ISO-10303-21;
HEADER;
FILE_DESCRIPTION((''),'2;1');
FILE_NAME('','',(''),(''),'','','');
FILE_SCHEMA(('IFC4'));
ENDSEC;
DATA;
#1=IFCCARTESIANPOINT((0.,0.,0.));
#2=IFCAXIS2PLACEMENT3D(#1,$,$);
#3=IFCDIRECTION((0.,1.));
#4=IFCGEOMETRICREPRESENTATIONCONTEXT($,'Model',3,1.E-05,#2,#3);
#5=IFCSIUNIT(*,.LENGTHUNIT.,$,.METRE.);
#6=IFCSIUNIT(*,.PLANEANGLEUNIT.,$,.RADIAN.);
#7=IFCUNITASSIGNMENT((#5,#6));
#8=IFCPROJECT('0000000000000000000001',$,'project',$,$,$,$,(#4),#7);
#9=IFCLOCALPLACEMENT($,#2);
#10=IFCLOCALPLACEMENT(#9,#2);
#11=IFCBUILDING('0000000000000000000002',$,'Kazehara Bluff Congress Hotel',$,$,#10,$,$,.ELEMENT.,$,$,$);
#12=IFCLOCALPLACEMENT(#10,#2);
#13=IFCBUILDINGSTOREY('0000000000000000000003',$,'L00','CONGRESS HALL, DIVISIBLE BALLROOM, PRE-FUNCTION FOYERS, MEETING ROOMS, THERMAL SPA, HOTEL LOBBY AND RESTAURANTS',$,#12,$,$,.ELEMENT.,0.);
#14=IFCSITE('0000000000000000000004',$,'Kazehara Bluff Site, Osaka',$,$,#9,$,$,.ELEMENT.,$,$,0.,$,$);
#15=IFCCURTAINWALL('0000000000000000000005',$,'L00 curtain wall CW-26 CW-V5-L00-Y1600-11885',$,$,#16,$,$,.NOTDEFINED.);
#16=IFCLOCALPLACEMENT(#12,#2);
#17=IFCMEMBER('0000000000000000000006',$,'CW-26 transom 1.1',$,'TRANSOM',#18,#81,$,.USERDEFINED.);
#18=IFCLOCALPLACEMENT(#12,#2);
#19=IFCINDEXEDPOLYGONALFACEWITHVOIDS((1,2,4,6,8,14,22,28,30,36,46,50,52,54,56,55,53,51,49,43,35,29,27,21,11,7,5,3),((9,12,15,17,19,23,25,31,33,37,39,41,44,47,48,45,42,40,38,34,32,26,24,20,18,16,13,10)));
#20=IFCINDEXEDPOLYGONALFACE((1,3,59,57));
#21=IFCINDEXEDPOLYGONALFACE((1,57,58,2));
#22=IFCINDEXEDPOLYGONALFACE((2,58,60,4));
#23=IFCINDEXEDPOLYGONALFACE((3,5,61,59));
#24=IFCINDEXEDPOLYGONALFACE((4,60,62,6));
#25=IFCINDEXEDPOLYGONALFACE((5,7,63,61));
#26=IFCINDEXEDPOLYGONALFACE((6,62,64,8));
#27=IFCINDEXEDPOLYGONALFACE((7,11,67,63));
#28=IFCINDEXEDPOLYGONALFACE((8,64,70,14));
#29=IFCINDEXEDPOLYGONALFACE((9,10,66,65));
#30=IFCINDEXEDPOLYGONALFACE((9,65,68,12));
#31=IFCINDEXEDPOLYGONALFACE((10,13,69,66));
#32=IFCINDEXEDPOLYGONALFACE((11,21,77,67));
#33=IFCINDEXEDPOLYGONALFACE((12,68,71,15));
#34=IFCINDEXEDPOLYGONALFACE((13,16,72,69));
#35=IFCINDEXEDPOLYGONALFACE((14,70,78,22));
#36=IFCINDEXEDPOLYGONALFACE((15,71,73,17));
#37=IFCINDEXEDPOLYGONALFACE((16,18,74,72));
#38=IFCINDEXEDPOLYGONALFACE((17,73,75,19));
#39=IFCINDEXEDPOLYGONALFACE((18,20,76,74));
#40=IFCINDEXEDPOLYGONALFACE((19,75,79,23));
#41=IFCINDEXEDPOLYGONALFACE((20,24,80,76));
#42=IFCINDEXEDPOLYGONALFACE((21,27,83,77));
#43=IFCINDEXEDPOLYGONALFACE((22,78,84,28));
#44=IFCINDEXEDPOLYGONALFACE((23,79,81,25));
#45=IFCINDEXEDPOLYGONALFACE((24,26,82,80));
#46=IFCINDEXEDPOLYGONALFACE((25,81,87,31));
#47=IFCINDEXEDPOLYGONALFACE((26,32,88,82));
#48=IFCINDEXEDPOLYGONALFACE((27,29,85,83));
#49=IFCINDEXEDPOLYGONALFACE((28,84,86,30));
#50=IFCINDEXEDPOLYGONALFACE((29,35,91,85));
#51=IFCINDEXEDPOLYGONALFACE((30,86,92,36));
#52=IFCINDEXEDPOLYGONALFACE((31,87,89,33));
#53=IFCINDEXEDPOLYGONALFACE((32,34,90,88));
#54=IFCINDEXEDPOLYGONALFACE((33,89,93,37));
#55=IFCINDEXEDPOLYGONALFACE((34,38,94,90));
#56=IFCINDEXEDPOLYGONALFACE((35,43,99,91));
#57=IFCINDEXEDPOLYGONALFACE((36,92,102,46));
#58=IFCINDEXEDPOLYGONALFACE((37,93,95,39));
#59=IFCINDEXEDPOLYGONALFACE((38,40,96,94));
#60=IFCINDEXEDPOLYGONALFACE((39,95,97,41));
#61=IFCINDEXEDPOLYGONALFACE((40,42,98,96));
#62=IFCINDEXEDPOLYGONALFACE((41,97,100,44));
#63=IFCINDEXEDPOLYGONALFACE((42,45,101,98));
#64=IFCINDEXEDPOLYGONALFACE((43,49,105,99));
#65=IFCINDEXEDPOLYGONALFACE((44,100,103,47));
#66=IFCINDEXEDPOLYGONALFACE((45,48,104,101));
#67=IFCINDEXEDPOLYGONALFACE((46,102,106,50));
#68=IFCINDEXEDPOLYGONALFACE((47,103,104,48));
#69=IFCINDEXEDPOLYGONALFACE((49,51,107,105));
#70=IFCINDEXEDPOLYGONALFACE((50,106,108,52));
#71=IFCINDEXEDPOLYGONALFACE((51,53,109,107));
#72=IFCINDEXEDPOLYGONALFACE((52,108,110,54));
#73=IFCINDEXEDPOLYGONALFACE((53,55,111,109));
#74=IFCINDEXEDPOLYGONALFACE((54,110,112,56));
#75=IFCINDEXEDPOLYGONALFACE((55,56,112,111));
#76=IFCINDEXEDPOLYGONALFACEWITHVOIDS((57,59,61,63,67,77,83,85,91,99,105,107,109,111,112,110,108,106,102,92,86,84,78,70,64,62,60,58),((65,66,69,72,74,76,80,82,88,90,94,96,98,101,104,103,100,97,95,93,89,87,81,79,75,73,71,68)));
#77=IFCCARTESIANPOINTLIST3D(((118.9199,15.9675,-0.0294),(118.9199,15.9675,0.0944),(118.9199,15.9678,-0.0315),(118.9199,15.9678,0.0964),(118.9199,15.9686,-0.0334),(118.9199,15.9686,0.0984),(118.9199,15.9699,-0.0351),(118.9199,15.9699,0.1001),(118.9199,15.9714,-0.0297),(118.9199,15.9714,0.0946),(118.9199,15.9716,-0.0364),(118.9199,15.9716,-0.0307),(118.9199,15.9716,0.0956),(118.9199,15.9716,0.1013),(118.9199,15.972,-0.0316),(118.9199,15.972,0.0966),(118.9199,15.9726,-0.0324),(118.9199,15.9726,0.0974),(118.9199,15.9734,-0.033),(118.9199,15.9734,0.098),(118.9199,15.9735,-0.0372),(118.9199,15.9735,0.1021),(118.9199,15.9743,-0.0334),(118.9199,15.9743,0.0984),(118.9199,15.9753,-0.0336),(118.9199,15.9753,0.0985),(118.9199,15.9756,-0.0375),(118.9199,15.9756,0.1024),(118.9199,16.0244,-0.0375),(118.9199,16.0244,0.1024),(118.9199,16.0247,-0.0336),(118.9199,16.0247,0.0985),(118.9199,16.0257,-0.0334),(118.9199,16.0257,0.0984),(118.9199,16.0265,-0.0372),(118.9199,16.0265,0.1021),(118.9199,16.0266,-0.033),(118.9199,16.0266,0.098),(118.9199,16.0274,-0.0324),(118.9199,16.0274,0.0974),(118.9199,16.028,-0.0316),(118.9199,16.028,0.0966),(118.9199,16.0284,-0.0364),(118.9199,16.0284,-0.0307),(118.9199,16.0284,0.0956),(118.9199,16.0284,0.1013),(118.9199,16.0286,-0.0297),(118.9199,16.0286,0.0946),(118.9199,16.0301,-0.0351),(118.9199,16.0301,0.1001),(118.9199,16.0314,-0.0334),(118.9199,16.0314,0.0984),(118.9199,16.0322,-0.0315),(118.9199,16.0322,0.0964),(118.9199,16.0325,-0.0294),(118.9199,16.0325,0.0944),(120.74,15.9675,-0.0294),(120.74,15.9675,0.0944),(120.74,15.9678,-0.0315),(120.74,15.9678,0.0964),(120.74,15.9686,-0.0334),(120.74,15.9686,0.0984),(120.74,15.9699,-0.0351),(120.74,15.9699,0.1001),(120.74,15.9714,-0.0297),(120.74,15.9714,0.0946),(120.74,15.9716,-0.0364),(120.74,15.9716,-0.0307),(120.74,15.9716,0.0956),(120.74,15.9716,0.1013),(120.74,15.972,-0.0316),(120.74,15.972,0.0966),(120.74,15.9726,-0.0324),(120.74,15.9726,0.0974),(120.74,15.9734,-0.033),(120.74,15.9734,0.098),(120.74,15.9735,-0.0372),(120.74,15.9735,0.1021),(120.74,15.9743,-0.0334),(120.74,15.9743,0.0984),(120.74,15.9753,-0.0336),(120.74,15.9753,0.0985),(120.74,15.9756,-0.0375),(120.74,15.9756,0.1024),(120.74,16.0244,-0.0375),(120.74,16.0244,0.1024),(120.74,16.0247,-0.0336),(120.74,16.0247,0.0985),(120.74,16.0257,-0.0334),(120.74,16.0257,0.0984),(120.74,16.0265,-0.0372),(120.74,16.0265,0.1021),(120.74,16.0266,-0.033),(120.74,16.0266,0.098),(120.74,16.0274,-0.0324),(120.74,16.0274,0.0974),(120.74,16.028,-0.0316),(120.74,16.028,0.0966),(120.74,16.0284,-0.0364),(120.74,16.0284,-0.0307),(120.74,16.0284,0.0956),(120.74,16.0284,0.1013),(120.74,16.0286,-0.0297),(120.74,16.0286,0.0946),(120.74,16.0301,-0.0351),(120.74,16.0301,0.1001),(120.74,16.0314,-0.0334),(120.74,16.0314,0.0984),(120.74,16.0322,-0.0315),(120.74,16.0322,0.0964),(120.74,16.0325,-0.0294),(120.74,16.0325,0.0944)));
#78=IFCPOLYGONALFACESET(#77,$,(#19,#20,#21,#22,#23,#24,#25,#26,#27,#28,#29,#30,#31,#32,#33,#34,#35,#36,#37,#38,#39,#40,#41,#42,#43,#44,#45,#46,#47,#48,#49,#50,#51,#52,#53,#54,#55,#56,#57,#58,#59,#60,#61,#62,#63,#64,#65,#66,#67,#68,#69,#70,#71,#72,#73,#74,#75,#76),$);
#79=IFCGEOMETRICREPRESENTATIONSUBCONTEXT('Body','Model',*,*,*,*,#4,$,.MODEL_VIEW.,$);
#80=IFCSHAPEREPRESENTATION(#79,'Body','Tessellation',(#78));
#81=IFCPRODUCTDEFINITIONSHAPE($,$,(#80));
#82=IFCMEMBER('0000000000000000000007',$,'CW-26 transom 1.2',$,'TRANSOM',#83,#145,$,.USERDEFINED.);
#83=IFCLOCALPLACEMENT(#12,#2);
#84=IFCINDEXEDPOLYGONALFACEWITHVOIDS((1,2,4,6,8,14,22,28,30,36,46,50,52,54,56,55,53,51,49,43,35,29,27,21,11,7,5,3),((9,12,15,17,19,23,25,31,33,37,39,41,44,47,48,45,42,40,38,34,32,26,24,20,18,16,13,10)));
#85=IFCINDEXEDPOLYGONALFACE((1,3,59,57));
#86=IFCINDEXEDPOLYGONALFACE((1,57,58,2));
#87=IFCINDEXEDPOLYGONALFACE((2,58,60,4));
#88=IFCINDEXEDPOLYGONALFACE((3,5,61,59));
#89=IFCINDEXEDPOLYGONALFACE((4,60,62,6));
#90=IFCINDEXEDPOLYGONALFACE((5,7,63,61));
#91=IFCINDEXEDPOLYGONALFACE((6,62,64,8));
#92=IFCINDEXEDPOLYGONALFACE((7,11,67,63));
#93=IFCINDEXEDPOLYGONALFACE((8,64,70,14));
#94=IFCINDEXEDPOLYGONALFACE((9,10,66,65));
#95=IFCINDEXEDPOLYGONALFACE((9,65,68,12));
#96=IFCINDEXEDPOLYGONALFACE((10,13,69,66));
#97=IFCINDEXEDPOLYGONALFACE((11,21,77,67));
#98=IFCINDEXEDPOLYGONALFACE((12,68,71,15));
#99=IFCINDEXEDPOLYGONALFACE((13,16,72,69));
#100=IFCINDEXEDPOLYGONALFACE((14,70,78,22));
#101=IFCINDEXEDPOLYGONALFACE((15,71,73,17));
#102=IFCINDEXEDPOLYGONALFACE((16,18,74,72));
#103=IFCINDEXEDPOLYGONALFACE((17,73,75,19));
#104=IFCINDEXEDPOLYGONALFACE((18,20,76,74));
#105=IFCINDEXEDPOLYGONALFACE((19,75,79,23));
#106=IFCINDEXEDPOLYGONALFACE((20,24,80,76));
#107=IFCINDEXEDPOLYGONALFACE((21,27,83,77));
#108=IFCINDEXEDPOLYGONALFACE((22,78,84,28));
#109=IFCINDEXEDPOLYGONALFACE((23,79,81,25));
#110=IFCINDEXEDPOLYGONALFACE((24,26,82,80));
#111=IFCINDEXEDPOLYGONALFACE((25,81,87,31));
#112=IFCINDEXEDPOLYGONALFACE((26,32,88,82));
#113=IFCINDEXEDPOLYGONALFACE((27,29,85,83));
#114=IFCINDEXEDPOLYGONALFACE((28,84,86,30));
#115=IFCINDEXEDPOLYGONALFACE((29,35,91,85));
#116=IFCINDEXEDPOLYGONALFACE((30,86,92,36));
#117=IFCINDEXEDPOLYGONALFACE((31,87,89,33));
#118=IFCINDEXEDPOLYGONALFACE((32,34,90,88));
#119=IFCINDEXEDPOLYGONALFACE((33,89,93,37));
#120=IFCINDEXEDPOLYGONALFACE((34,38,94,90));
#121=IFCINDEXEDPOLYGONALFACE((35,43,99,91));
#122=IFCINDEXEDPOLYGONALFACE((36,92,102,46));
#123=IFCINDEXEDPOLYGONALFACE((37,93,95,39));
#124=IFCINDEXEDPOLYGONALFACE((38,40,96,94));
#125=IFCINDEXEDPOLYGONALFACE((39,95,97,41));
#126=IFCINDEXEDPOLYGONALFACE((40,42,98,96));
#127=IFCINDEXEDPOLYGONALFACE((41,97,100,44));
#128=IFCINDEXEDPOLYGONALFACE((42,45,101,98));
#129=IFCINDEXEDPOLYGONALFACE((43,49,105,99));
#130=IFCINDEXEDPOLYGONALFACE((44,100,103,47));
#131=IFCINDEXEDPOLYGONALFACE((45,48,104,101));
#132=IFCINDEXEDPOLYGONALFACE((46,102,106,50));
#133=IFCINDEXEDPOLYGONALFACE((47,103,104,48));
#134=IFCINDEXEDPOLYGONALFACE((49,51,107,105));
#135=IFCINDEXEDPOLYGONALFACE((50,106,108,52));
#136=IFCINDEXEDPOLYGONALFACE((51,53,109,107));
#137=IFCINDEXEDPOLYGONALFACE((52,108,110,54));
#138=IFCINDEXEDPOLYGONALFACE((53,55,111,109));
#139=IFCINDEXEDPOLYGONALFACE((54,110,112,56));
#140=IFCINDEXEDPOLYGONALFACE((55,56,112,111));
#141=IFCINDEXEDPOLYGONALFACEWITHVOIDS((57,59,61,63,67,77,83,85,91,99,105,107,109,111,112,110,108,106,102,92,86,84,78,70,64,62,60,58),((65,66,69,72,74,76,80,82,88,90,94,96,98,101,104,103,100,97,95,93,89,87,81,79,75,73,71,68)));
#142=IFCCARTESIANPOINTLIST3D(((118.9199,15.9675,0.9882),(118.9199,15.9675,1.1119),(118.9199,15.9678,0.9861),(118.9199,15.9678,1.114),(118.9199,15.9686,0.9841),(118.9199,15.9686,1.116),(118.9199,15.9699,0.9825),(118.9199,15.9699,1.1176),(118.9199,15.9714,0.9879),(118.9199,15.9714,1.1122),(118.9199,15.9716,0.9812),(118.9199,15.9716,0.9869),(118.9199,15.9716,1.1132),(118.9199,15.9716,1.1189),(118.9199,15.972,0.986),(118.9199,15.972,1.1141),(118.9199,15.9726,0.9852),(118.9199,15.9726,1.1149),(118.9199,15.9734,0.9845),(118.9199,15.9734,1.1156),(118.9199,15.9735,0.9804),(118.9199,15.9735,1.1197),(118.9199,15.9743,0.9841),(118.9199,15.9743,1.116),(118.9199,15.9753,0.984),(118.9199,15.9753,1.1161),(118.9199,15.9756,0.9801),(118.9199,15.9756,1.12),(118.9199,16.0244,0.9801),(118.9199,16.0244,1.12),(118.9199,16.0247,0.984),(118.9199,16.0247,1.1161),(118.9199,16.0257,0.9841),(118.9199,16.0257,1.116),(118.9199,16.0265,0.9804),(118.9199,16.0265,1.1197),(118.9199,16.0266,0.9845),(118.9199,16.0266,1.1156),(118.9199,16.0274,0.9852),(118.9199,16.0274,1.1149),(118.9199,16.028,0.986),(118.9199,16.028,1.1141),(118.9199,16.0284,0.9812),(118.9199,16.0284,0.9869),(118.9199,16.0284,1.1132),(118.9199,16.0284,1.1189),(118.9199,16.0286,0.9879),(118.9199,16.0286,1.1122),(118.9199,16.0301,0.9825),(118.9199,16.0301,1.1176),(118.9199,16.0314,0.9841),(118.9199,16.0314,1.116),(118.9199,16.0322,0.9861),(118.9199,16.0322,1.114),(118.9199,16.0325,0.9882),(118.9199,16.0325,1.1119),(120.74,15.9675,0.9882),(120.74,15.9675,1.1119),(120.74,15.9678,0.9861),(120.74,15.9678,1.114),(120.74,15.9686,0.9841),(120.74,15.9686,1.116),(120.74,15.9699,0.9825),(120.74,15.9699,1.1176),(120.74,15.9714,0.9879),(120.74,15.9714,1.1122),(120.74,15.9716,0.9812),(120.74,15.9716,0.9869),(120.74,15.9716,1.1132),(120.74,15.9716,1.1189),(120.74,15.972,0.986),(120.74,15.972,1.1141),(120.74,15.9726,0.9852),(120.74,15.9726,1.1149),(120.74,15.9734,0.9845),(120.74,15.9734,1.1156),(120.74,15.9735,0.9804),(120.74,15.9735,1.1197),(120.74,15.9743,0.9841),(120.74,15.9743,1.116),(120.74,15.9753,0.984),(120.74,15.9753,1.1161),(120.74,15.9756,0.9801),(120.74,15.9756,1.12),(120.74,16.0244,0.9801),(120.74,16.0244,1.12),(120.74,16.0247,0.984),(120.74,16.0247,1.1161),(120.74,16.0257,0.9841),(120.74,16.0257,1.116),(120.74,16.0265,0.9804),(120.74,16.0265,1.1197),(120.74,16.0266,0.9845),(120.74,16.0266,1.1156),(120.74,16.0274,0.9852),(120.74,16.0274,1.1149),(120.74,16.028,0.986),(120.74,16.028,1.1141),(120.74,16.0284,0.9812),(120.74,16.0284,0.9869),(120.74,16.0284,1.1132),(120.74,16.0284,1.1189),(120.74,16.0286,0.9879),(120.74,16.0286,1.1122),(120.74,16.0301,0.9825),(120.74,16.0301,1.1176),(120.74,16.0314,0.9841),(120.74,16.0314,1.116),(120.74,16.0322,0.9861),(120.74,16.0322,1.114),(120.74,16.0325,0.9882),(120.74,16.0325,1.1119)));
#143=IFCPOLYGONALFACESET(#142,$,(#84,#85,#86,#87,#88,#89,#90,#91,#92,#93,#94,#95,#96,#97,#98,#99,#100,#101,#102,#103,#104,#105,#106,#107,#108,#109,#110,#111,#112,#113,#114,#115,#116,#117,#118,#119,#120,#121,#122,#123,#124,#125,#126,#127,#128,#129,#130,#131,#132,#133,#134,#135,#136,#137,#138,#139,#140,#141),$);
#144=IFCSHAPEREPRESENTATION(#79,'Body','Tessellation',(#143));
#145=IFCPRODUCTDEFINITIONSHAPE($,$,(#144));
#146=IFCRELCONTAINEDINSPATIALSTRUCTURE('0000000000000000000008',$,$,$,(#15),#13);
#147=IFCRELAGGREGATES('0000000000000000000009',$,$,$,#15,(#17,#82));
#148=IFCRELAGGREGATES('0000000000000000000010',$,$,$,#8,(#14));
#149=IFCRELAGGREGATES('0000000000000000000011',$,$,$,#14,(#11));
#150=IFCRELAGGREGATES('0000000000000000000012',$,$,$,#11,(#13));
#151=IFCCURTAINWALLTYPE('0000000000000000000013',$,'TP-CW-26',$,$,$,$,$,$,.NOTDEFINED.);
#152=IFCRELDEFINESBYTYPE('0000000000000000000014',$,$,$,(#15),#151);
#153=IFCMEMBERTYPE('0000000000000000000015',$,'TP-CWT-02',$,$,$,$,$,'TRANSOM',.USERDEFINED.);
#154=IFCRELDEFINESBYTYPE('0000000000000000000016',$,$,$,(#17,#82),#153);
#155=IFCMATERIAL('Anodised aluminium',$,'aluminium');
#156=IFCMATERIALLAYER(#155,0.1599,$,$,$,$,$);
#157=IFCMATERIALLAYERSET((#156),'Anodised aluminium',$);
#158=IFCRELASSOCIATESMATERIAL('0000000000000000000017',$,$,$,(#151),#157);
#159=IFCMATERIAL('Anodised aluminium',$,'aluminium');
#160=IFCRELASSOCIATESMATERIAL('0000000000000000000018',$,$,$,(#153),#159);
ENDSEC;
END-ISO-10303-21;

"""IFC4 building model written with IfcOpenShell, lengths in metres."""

from ifc_helpers import new_model, si_unit, direction, frame, origin, origin_2d, place, context, subcontext, project, spatial, hollow_rectangle, extrude, material, layer, layer_set, material_profile, profile_set, type_object, element, aggregate, save


model = new_model("IFC4")

# Units and contexts
model_context = context("Model", 3, precision=1e-05, world=origin(), true_north=direction((0.0, 1.0)))
body_context = subcontext(model_context, "Body", "Model", "MODEL_VIEW")
ifc_project = project(units=[si_unit("LENGTHUNIT", "METRE"), si_unit("PLANEANGLEUNIT", "RADIAN")], contexts=[model_context])

# Site, building, storey
site_placement = place(None, origin())
site = spatial("IfcSite", under=ifc_project, at=site_placement, Name="Kazehara Bluff Site, Osaka", CompositionType="ELEMENT", RefElevation=0.0)
building_placement = place(site_placement, origin())
building = spatial("IfcBuilding", under=site, at=building_placement, Name="Kazehara Bluff Congress Hotel", CompositionType="ELEMENT")
storey_placement = place(building_placement, origin())
storey = spatial("IfcBuildingStorey", under=building, at=storey_placement, Name="L00", Description="CONGRESS HALL, DIVISIBLE BALLROOM, PRE-FUNCTION FOYERS, MEETING ROOMS, THERMAL SPA, HOTEL LOBBY AND RESTAURANTS", CompositionType="ELEMENT", Elevation=0.0)

# Curtain wall, members
ifc_material_1 = material(Name="Anodised aluminium", Category="aluminium")
ifc_layer_1 = layer(ifc_material_1, 0.1599)
ifc_layer_set_1 = layer_set([ifc_layer_1], Name="Anodised aluminium")
curtain_wall_type = type_object("IfcCurtainWallType", Name="TP-CW-26", PredefinedType="NOTDEFINED", material=ifc_layer_set_1)
curtain_wall_placement = place(storey_placement, origin())
curtain_wall = element("IfcCurtainWall", 1, at=curtain_wall_placement, inside=storey, type_object=curtain_wall_type, Name="L00 curtain wall CW-26 CW-V5-L00-Y1600-11885", PredefinedType="NOTDEFINED")
ifc_material_2 = material(Name="Anodised aluminium", Category="aluminium")
ifc_material_profile_1 = material_profile(ifc_material_2, hollow_rectangle(XDim=0.0649, YDim=0.1399, WallThickness=0.0039, InnerFilletRadius=0.0039, OuterFilletRadius=0.0081, at=origin_2d()))
ifc_profile_set_1 = profile_set([ifc_material_profile_1], Name="Anodised aluminium")
member_type_1 = type_object("IfcMemberType", Name="TP-CWT-02", ElementType="TRANSOM", PredefinedType="USERDEFINED", material=ifc_profile_set_1)
member_1_placement = place(storey_placement, frame((118.9199, 16.0, 0.0325), z_axis=(1.0, 0.0, 0.0), x_axis=(0.0, 1.0, 0.0)))
member_1 = element("IfcMember", 2, at=member_1_placement, type_object=member_type_1, Name="CW-26 transom 1.1", ObjectType="TRANSOM", PredefinedType="USERDEFINED", context=body_context, shape_type="SweptSolid", body=[
    extrude(hollow_rectangle(XDim=0.0649, YDim=0.1399, WallThickness=0.0039, InnerFilletRadius=0.0039, OuterFilletRadius=0.0081, at=origin_2d()), origin(), (0.0, 0.0, 1.0), 1.8201),
])
member_2_placement = place(storey_placement, frame((118.9199, 16.0, 1.05), z_axis=(1.0, 0.0, 0.0), x_axis=(0.0, 1.0, 0.0)))
member_2 = element("IfcMember", 3, at=member_2_placement, type_object=member_type_1, Name="CW-26 transom 1.2", ObjectType="TRANSOM", PredefinedType="USERDEFINED", context=body_context, shape_type="SweptSolid", body=[
    extrude(hollow_rectangle(XDim=0.0649, YDim=0.1399, WallThickness=0.0039, InnerFilletRadius=0.0039, OuterFilletRadius=0.0081, at=origin_2d()), origin(), (0.0, 0.0, 1.0), 1.8201),
])

aggregate(curtain_wall, [member_1, member_2])

save(model, "model.ifc")
